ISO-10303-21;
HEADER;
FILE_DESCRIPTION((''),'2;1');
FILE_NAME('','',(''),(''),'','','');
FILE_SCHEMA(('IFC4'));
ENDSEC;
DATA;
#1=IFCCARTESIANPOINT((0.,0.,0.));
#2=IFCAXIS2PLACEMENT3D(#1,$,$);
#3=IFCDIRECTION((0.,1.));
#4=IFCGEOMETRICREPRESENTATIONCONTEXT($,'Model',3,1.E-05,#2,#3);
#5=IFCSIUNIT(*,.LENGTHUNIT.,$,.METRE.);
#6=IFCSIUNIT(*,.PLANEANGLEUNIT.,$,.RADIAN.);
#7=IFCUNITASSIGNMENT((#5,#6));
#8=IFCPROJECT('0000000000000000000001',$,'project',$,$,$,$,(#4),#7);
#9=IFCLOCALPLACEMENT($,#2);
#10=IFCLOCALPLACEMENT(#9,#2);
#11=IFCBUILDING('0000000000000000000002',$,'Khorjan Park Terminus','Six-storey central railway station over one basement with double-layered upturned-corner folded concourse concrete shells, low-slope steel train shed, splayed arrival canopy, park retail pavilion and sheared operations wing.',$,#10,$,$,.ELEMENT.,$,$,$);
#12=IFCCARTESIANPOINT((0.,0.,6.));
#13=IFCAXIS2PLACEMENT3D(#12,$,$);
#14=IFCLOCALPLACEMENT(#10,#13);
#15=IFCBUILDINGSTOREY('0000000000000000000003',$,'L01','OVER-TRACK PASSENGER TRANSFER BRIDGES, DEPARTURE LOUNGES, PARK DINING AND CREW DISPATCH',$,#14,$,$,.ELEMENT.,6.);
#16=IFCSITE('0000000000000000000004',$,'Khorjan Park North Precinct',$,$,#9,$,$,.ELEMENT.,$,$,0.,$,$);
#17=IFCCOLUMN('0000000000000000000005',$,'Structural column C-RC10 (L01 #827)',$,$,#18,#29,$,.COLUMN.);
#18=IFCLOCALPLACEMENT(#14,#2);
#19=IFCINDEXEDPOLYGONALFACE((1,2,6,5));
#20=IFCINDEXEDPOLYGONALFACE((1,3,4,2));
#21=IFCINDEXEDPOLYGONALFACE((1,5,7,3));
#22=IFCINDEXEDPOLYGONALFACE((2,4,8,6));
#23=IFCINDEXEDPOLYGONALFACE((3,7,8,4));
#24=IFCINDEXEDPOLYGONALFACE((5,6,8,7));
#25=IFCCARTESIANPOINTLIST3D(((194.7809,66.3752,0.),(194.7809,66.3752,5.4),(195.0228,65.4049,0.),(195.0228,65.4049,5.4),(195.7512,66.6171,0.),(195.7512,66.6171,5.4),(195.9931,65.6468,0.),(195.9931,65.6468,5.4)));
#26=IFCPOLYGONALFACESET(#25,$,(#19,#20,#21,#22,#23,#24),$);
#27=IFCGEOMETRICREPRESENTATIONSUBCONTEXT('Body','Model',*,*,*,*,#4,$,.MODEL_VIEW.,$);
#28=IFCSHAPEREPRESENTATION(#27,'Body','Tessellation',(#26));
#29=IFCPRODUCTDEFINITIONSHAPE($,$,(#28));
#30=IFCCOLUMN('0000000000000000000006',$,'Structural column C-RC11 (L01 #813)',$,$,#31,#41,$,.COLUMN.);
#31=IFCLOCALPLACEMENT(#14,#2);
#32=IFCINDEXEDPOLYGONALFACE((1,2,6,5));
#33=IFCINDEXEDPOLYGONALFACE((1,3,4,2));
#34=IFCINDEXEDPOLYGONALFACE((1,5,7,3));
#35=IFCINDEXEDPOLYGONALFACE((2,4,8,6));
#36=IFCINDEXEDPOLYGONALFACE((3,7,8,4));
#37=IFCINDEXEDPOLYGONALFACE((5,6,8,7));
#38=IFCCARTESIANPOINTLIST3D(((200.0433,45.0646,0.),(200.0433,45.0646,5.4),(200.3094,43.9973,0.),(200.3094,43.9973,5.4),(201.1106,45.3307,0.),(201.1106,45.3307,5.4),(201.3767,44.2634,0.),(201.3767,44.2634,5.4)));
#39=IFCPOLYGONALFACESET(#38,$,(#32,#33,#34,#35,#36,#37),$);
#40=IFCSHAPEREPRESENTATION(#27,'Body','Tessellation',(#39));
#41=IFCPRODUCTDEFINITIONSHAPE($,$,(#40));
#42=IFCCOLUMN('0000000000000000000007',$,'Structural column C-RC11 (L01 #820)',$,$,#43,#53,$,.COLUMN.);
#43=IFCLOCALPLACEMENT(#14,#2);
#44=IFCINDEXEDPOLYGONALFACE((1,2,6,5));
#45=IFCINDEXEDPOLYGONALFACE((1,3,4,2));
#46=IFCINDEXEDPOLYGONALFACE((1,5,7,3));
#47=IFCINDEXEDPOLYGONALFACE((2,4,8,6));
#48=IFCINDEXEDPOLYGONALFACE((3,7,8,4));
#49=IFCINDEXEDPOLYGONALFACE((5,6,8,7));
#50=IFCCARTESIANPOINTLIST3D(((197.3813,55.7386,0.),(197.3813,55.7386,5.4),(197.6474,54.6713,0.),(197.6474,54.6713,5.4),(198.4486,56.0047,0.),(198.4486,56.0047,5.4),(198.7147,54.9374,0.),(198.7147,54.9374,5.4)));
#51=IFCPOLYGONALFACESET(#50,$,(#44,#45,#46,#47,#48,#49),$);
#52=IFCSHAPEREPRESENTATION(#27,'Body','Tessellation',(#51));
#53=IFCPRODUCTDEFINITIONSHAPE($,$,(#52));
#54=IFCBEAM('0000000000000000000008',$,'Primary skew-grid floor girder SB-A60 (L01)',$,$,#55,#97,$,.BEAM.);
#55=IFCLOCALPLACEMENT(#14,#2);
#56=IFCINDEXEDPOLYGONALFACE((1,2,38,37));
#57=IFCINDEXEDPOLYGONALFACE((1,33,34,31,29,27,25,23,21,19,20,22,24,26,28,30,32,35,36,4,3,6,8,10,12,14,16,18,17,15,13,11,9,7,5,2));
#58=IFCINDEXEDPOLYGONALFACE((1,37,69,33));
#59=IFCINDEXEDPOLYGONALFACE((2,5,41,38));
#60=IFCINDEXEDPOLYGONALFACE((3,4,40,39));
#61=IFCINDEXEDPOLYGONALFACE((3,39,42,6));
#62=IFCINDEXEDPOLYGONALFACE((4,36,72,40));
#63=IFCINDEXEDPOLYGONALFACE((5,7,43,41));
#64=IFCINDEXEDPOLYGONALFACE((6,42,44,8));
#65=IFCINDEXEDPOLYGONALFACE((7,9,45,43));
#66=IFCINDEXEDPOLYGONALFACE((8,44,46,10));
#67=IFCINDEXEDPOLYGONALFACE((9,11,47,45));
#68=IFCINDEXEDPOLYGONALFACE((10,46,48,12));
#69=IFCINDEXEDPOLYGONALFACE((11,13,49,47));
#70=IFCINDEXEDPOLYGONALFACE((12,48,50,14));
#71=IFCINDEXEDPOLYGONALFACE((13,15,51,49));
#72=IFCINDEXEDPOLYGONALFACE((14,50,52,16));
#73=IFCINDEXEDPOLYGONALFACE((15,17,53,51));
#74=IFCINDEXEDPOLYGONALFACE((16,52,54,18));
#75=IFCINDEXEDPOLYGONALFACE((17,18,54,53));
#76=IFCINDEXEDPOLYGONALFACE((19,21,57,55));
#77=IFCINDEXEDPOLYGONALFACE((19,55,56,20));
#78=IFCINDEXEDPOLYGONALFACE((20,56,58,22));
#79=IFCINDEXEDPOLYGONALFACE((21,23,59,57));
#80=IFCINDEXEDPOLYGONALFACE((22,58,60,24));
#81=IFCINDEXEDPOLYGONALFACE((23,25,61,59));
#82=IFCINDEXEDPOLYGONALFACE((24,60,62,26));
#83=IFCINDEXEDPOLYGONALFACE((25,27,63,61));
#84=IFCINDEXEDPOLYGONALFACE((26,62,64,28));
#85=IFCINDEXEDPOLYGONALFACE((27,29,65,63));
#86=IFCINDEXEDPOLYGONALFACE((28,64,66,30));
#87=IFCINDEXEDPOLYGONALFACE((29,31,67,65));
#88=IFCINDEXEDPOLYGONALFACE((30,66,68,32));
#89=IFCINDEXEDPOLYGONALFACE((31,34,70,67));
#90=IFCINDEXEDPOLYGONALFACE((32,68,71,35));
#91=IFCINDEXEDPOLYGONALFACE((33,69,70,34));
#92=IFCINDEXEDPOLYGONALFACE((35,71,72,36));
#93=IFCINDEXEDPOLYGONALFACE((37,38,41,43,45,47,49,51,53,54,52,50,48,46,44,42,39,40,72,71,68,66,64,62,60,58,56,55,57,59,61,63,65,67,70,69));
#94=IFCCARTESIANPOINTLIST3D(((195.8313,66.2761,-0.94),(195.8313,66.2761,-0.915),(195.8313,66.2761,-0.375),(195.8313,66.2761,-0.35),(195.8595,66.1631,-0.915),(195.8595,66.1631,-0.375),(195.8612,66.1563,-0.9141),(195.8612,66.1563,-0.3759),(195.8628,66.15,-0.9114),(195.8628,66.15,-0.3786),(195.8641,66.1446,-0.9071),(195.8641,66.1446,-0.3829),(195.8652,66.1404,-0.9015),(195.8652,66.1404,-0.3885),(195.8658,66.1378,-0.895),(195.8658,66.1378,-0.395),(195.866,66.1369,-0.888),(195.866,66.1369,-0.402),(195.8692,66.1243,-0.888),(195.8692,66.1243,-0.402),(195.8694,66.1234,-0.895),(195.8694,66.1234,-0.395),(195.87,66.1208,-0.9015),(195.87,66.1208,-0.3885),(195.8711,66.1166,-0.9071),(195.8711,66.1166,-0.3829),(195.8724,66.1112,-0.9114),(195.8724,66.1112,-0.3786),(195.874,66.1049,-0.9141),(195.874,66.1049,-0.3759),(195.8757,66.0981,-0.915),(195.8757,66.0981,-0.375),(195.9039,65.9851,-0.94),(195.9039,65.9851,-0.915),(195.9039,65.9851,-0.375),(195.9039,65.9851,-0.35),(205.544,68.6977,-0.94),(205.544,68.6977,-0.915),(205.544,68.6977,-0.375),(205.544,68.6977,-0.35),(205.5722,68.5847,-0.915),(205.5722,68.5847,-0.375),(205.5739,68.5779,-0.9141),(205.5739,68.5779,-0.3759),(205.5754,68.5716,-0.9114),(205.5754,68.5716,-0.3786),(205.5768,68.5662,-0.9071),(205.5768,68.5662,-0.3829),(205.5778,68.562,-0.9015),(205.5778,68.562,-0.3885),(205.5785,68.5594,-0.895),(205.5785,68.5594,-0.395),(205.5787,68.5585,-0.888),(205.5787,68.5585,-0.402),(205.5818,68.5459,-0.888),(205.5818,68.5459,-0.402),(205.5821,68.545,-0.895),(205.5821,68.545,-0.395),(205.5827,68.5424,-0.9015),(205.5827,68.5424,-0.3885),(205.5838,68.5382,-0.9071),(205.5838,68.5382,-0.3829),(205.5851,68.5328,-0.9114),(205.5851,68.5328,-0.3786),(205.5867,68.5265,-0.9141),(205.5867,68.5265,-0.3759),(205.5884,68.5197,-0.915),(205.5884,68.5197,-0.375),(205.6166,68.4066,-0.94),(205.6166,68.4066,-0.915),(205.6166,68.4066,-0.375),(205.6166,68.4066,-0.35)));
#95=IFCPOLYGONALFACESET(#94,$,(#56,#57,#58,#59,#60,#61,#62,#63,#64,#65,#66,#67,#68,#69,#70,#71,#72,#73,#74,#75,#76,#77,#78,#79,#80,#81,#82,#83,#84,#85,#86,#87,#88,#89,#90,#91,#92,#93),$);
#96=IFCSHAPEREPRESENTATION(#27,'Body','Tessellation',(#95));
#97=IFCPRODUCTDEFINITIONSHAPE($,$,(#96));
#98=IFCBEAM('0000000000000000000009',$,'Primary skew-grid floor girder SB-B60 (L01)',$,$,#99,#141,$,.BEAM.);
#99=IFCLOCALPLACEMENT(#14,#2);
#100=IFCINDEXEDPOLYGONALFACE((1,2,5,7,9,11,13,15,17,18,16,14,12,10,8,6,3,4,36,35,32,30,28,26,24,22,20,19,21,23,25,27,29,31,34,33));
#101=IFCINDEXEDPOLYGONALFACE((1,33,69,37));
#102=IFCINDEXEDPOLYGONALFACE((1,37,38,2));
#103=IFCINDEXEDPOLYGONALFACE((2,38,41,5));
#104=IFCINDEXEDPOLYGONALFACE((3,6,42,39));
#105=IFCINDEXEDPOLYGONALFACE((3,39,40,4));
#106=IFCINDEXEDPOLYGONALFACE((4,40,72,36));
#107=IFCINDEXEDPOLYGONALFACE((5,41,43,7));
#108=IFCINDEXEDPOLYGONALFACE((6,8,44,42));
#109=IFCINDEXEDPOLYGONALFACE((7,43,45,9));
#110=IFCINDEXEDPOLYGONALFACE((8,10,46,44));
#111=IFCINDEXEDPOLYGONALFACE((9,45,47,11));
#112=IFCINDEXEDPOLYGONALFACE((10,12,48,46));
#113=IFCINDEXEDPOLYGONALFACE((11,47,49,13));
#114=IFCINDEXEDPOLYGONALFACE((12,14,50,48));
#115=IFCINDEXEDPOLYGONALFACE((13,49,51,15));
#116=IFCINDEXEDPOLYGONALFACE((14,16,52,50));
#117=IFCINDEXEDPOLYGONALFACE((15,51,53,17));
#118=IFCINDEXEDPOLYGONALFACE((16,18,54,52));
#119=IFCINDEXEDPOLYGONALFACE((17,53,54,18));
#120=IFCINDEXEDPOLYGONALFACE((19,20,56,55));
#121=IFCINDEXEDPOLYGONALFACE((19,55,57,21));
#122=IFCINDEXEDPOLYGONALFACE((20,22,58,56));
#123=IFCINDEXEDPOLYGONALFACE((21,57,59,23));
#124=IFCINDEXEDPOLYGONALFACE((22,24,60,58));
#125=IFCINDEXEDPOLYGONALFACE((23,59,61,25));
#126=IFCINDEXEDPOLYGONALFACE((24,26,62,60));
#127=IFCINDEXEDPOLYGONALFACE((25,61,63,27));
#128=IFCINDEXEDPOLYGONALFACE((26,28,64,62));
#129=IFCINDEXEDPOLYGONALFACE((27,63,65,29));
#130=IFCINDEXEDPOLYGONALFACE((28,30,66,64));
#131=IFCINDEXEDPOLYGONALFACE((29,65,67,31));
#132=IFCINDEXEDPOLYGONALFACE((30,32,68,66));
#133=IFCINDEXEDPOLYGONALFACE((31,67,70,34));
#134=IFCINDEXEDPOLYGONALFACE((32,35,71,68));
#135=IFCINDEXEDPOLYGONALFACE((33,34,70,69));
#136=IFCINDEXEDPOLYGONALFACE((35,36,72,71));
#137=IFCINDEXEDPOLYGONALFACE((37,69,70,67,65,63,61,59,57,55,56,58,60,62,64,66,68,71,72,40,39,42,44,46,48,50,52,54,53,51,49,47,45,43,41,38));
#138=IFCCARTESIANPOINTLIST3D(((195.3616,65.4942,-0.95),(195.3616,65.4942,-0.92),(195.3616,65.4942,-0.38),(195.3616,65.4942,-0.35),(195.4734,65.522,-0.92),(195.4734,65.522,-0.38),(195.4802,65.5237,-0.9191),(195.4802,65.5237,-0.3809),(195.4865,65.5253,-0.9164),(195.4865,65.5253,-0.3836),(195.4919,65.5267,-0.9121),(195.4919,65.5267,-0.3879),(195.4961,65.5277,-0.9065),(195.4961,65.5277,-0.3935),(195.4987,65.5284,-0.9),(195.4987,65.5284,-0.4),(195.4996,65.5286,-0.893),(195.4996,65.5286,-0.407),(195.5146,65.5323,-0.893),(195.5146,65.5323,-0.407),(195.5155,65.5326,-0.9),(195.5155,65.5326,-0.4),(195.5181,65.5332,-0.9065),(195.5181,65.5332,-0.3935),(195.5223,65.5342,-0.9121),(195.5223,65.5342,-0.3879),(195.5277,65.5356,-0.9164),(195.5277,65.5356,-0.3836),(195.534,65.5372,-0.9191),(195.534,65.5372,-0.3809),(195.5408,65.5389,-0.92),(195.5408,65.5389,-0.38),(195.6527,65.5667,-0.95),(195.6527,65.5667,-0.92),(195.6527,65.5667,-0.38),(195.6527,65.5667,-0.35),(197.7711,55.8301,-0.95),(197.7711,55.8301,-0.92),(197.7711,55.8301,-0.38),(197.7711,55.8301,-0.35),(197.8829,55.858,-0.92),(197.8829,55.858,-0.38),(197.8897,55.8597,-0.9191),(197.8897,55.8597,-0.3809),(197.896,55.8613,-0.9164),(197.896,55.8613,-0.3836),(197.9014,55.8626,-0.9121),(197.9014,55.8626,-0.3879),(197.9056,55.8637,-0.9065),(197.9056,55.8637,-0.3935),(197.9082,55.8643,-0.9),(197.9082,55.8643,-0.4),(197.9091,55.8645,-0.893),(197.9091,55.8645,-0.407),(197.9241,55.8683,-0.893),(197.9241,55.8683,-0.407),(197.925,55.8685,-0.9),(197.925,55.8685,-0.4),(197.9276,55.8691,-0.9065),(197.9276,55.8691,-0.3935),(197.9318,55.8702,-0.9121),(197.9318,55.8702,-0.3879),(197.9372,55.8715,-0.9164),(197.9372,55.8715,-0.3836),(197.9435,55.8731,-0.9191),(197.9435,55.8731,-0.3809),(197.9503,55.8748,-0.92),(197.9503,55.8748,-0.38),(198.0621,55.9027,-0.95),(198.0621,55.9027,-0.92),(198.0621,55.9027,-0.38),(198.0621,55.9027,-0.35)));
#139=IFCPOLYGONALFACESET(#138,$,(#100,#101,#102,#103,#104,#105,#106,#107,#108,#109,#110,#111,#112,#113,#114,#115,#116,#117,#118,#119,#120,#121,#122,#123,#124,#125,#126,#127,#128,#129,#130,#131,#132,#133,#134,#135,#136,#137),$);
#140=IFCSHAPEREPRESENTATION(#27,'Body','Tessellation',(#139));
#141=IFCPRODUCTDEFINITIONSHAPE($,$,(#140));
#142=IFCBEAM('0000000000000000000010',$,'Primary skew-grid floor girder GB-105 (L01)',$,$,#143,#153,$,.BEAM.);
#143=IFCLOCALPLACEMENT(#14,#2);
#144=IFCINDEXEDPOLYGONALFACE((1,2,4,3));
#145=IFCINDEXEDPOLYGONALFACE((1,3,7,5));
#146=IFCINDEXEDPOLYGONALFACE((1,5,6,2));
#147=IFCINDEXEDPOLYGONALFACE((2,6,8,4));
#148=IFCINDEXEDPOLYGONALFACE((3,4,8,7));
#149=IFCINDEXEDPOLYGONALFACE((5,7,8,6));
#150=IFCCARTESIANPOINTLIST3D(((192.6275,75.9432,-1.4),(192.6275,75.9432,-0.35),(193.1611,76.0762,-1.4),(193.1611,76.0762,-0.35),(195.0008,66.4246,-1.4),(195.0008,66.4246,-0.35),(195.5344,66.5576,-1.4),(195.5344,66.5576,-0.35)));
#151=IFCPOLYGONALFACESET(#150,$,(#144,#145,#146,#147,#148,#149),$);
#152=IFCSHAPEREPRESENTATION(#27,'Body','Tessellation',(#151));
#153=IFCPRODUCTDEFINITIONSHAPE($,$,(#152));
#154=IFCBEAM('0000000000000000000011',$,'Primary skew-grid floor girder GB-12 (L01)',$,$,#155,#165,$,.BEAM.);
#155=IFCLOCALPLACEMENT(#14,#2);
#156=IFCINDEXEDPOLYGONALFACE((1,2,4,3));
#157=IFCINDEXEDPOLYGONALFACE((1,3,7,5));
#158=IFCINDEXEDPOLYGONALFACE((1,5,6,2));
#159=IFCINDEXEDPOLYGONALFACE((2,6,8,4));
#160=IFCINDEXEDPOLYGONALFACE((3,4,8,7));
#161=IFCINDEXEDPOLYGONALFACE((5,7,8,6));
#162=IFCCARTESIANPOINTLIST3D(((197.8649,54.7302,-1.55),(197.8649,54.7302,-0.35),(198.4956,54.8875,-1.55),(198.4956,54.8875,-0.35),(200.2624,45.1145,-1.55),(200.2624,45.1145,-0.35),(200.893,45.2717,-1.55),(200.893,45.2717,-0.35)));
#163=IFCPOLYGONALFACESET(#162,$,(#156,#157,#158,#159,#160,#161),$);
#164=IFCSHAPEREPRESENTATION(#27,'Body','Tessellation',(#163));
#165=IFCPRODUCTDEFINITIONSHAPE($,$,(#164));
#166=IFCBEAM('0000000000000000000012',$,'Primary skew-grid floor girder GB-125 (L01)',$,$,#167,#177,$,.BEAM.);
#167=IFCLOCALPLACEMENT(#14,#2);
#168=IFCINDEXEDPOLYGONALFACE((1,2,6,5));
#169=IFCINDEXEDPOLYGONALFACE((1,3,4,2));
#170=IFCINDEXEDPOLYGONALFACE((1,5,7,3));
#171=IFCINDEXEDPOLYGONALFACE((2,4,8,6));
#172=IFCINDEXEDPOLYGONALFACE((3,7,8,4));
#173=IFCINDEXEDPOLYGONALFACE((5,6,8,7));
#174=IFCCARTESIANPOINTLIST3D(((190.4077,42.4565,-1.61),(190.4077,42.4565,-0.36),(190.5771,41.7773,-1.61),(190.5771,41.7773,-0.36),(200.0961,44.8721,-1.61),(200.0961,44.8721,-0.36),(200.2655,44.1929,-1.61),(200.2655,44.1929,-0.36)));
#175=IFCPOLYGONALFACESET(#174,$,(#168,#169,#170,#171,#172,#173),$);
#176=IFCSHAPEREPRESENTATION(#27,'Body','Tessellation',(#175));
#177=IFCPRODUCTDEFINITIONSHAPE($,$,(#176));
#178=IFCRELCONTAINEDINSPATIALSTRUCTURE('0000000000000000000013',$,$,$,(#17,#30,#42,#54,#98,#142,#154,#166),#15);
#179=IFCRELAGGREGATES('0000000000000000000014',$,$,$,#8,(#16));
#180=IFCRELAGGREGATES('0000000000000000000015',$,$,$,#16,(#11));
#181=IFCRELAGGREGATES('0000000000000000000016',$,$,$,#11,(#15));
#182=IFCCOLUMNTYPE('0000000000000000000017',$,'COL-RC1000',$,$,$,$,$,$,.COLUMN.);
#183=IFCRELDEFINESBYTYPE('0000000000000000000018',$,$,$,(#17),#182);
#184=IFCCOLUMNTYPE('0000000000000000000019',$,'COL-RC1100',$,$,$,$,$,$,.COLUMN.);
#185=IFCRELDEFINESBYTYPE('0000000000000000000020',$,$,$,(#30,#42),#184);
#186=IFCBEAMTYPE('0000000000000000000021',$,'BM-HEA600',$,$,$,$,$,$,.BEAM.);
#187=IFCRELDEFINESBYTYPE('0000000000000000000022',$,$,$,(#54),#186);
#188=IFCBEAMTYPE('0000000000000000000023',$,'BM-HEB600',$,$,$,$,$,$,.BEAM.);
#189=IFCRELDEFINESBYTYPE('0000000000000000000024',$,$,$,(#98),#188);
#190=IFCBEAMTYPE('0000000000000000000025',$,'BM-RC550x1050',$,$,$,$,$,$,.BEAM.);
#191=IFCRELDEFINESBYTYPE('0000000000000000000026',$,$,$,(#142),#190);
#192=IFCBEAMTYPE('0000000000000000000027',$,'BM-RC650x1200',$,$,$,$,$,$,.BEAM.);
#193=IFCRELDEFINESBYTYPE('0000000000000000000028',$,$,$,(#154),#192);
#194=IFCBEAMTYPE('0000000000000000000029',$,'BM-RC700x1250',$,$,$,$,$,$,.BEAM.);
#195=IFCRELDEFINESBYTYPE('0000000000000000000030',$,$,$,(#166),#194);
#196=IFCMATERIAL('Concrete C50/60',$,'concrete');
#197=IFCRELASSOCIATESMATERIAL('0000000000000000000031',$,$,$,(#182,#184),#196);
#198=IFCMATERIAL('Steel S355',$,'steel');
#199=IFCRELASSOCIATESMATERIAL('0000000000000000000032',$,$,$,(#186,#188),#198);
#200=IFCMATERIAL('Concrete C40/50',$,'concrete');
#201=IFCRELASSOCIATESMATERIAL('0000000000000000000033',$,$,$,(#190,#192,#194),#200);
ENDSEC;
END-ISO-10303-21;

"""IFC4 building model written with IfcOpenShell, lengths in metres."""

from ifc_helpers import new_model, si_unit, direction, frame, origin, origin_2d, place, context, subcontext, project, spatial, rectangle, i_section, extrude, material, material_profile, profile_set, type_object, element, save


model = new_model("IFC4")

# Units and contexts
model_context = context("Model", 3, precision=1e-05, world=origin(), true_north=direction((0.0, 1.0)))
body_context = subcontext(model_context, "Body", "Model", "MODEL_VIEW")
ifc_project = project(units=[si_unit("LENGTHUNIT", "METRE"), si_unit("PLANEANGLEUNIT", "RADIAN")], contexts=[model_context])

# Site, building, storey
site_placement = place(None, origin())
site = spatial("IfcSite", under=ifc_project, at=site_placement, Name="Khorjan Park North Precinct", CompositionType="ELEMENT", RefElevation=0.0)
building_placement = place(site_placement, origin())
building = spatial("IfcBuilding", under=site, at=building_placement, Name="Khorjan Park Terminus", Description="Six-storey central railway station over one basement with double-layered upturned-corner folded concourse concrete shells, low-slope steel train shed, splayed arrival canopy, park retail pavilion and sheared operations wing.", CompositionType="ELEMENT")
storey_placement = place(building_placement, frame((0.0, 0.0, 6.0)))
storey = spatial("IfcBuildingStorey", under=building, at=storey_placement, Name="L01", Description="OVER-TRACK PASSENGER TRANSFER BRIDGES, DEPARTURE LOUNGES, PARK DINING AND CREW DISPATCH", CompositionType="ELEMENT", Elevation=6.0)

# Columns
ifc_material_1 = material(Name="Concrete C50/60", Category="concrete")
ifc_material_profile_1 = material_profile(ifc_material_1, rectangle(XDim=1.0, YDim=1.0, at=origin_2d()), Name="RC 1000x1000")
ifc_profile_set_1 = profile_set([ifc_material_profile_1], Name="Concrete C50/60")
column_type_1 = type_object("IfcColumnType", Name="COL-RC1000", PredefinedType="COLUMN", material=ifc_profile_set_1)
column_placement = place(storey_placement, frame((195.387, 66.011, 0.0), z_axis=(0.0, 0.0, 1.0), x_axis=(0.970296, 0.241922, 0.0)))
element("IfcColumn", 1, at=column_placement, inside=storey, type_object=column_type_1, Name="Structural column C-RC10 (L01 #827)", PredefinedType="COLUMN", context=body_context, shape_type="SweptSolid", body=[
    extrude(rectangle(XDim=1.0, YDim=1.0, at=origin_2d()), origin(), (0.0, 0.0, 1.0), 5.4),
])
ifc_material_profile_2 = material_profile(ifc_material_1, rectangle(XDim=1.1, YDim=1.1, at=origin_2d()), Name="RC 1100x1100")
ifc_profile_set_2 = profile_set([ifc_material_profile_2], Name="Concrete C50/60")
column_type_2 = type_object("IfcColumnType", Name="COL-RC1100", PredefinedType="COLUMN", material=ifc_profile_set_2)
for number, where, z_axis, x_axis, name in (
    (2, (200.71, 44.664, 0.0), (0.0, 0.0, 1.0), (0.970296, 0.241922, 0.0), "Structural column C-RC11 (L01 #813)"),
    (3, (198.048, 55.338, 0.0), (0.0, 0.0, 1.0), (0.970296, 0.241922, 0.0), "Structural column C-RC11 (L01 #820)"),
):
    element("IfcColumn", number, at=place(storey_placement, frame(where, z_axis=z_axis, x_axis=x_axis)), inside=storey, type_object=column_type_2, Name=name, PredefinedType="COLUMN", context=body_context, shape_type="SweptSolid", body=[
        extrude(rectangle(XDim=1.1, YDim=1.1, at=origin_2d()), origin(), (0.0, 0.0, 1.0), 5.4),
    ])

# Beams
ifc_material_2 = material(Name="Steel S355", Category="steel")
ifc_material_profile_3 = material_profile(ifc_material_2, i_section(OverallWidth=0.3, OverallDepth=0.59, WebThickness=0.013, FlangeThickness=0.025, FilletRadius=0.027, at=origin_2d()), Name="HEA 600")
ifc_profile_set_3 = profile_set([ifc_material_profile_3], Name="Steel S355")
beam_type_1 = type_object("IfcBeamType", Name="BM-HEA600", PredefinedType="BEAM", material=ifc_profile_set_3)
beam_1_placement = place(storey_placement, frame((195.8676, 66.1306, -0.645), z_axis=(0.970297, 0.241917, 0.0), x_axis=(-0.241917, 0.970297, 0.0)))
element("IfcBeam", 4, at=beam_1_placement, inside=storey, type_object=beam_type_1, Name="Primary skew-grid floor girder SB-A60 (L01)", PredefinedType="BEAM", context=body_context, shape_type="SweptSolid", body=[
    extrude(i_section(OverallWidth=0.3, OverallDepth=0.59, WebThickness=0.013, FlangeThickness=0.025, FilletRadius=0.027, at=origin_2d()), origin(), (0.0, 0.0, 1.0), 10.01),
])
ifc_material_profile_4 = material_profile(ifc_material_2, i_section(OverallWidth=0.3, OverallDepth=0.6, WebThickness=0.0155, FlangeThickness=0.03, FilletRadius=0.027, at=origin_2d()), Name="HEB 600")
ifc_profile_set_4 = profile_set([ifc_material_profile_4], Name="Steel S355")
beam_type_2 = type_object("IfcBeamType", Name="BM-HEB600", PredefinedType="BEAM", material=ifc_profile_set_4)
beam_2_placement = place(storey_placement, frame((197.9166, 55.8664, -0.65), z_axis=(-0.241919, 0.970296, 0.0), x_axis=(-0.970296, -0.241919, 0.0)))
element("IfcBeam", 5, at=beam_2_placement, inside=storey, type_object=beam_type_2, Name="Primary skew-grid floor girder SB-B60 (L01)", PredefinedType="BEAM", context=body_context, shape_type="SweptSolid", body=[
    extrude(i_section(OverallWidth=0.3, OverallDepth=0.6, WebThickness=0.0155, FlangeThickness=0.03, FilletRadius=0.027, at=origin_2d()), origin(), (0.0, 0.0, 1.0), 9.9599),
])
ifc_material_3 = material(Name="Concrete C40/50", Category="concrete")
ifc_material_profile_5 = material_profile(ifc_material_3, rectangle(XDim=0.55, YDim=1.05, at=origin_2d()), Name="RC 550x1050")
ifc_profile_set_5 = profile_set([ifc_material_profile_5], Name="Concrete C40/50")
beam_type_3 = type_object("IfcBeamType", Name="BM-RC550x1050", PredefinedType="BEAM", material=ifc_profile_set_5)
beam_3_placement = place(storey_placement, frame((195.2676, 66.4911, -0.875), z_axis=(-0.241926, 0.970295, 0.0), x_axis=(-0.970295, -0.241926, 0.0)))
element("IfcBeam", 6, at=beam_3_placement, inside=storey, type_object=beam_type_3, Name="Primary skew-grid floor girder GB-105 (L01)", PredefinedType="BEAM", context=body_context, shape_type="SweptSolid", body=[
    extrude(rectangle(XDim=0.55, YDim=1.05, at=origin_2d()), origin(), (0.0, 0.0, 1.0), 9.81),
])
ifc_material_profile_6 = material_profile(ifc_material_3, rectangle(XDim=0.65, YDim=1.2, at=origin_2d()), Name="RC 650x1200")
ifc_profile_set_6 = profile_set([ifc_material_profile_6], Name="Concrete C40/50")
beam_type_4 = type_object("IfcBeamType", Name="BM-RC650x1200", PredefinedType="BEAM", material=ifc_profile_set_6)
beam_4_placement = place(storey_placement, frame((200.5777, 45.1931, -0.95), z_axis=(-0.241916, 0.970297, 0.0), x_axis=(-0.970297, -0.241916, 0.0)))
element("IfcBeam", 7, at=beam_4_placement, inside=storey, type_object=beam_type_4, Name="Primary skew-grid floor girder GB-12 (L01)", PredefinedType="BEAM", context=body_context, shape_type="SweptSolid", body=[
    extrude(rectangle(XDim=0.65, YDim=1.2, at=origin_2d()), origin(), (0.0, 0.0, 1.0), 9.9101),
])
ifc_material_profile_7 = material_profile(ifc_material_3, rectangle(XDim=0.7, YDim=1.25, at=origin_2d()), Name="RC 700x1250")
ifc_profile_set_7 = profile_set([ifc_material_profile_7], Name="Concrete C40/50")
beam_type_5 = type_object("IfcBeamType", Name="BM-RC700x1250", PredefinedType="BEAM", material=ifc_profile_set_7)
beam_5_placement = place(storey_placement, frame((190.4924, 42.1169, -0.985), z_axis=(0.970295, 0.241923, 0.0), x_axis=(-0.241923, 0.970295, 0.0)))
element("IfcBeam", 8, at=beam_5_placement, inside=storey, type_object=beam_type_5, Name="Primary skew-grid floor girder GB-125 (L01)", PredefinedType="BEAM", context=body_context, shape_type="SweptSolid", body=[
    extrude(rectangle(XDim=0.7, YDim=1.25, at=origin_2d()), origin(), (0.0, 0.0, 1.0), 9.985),
])

save(model, "model.ifc")
